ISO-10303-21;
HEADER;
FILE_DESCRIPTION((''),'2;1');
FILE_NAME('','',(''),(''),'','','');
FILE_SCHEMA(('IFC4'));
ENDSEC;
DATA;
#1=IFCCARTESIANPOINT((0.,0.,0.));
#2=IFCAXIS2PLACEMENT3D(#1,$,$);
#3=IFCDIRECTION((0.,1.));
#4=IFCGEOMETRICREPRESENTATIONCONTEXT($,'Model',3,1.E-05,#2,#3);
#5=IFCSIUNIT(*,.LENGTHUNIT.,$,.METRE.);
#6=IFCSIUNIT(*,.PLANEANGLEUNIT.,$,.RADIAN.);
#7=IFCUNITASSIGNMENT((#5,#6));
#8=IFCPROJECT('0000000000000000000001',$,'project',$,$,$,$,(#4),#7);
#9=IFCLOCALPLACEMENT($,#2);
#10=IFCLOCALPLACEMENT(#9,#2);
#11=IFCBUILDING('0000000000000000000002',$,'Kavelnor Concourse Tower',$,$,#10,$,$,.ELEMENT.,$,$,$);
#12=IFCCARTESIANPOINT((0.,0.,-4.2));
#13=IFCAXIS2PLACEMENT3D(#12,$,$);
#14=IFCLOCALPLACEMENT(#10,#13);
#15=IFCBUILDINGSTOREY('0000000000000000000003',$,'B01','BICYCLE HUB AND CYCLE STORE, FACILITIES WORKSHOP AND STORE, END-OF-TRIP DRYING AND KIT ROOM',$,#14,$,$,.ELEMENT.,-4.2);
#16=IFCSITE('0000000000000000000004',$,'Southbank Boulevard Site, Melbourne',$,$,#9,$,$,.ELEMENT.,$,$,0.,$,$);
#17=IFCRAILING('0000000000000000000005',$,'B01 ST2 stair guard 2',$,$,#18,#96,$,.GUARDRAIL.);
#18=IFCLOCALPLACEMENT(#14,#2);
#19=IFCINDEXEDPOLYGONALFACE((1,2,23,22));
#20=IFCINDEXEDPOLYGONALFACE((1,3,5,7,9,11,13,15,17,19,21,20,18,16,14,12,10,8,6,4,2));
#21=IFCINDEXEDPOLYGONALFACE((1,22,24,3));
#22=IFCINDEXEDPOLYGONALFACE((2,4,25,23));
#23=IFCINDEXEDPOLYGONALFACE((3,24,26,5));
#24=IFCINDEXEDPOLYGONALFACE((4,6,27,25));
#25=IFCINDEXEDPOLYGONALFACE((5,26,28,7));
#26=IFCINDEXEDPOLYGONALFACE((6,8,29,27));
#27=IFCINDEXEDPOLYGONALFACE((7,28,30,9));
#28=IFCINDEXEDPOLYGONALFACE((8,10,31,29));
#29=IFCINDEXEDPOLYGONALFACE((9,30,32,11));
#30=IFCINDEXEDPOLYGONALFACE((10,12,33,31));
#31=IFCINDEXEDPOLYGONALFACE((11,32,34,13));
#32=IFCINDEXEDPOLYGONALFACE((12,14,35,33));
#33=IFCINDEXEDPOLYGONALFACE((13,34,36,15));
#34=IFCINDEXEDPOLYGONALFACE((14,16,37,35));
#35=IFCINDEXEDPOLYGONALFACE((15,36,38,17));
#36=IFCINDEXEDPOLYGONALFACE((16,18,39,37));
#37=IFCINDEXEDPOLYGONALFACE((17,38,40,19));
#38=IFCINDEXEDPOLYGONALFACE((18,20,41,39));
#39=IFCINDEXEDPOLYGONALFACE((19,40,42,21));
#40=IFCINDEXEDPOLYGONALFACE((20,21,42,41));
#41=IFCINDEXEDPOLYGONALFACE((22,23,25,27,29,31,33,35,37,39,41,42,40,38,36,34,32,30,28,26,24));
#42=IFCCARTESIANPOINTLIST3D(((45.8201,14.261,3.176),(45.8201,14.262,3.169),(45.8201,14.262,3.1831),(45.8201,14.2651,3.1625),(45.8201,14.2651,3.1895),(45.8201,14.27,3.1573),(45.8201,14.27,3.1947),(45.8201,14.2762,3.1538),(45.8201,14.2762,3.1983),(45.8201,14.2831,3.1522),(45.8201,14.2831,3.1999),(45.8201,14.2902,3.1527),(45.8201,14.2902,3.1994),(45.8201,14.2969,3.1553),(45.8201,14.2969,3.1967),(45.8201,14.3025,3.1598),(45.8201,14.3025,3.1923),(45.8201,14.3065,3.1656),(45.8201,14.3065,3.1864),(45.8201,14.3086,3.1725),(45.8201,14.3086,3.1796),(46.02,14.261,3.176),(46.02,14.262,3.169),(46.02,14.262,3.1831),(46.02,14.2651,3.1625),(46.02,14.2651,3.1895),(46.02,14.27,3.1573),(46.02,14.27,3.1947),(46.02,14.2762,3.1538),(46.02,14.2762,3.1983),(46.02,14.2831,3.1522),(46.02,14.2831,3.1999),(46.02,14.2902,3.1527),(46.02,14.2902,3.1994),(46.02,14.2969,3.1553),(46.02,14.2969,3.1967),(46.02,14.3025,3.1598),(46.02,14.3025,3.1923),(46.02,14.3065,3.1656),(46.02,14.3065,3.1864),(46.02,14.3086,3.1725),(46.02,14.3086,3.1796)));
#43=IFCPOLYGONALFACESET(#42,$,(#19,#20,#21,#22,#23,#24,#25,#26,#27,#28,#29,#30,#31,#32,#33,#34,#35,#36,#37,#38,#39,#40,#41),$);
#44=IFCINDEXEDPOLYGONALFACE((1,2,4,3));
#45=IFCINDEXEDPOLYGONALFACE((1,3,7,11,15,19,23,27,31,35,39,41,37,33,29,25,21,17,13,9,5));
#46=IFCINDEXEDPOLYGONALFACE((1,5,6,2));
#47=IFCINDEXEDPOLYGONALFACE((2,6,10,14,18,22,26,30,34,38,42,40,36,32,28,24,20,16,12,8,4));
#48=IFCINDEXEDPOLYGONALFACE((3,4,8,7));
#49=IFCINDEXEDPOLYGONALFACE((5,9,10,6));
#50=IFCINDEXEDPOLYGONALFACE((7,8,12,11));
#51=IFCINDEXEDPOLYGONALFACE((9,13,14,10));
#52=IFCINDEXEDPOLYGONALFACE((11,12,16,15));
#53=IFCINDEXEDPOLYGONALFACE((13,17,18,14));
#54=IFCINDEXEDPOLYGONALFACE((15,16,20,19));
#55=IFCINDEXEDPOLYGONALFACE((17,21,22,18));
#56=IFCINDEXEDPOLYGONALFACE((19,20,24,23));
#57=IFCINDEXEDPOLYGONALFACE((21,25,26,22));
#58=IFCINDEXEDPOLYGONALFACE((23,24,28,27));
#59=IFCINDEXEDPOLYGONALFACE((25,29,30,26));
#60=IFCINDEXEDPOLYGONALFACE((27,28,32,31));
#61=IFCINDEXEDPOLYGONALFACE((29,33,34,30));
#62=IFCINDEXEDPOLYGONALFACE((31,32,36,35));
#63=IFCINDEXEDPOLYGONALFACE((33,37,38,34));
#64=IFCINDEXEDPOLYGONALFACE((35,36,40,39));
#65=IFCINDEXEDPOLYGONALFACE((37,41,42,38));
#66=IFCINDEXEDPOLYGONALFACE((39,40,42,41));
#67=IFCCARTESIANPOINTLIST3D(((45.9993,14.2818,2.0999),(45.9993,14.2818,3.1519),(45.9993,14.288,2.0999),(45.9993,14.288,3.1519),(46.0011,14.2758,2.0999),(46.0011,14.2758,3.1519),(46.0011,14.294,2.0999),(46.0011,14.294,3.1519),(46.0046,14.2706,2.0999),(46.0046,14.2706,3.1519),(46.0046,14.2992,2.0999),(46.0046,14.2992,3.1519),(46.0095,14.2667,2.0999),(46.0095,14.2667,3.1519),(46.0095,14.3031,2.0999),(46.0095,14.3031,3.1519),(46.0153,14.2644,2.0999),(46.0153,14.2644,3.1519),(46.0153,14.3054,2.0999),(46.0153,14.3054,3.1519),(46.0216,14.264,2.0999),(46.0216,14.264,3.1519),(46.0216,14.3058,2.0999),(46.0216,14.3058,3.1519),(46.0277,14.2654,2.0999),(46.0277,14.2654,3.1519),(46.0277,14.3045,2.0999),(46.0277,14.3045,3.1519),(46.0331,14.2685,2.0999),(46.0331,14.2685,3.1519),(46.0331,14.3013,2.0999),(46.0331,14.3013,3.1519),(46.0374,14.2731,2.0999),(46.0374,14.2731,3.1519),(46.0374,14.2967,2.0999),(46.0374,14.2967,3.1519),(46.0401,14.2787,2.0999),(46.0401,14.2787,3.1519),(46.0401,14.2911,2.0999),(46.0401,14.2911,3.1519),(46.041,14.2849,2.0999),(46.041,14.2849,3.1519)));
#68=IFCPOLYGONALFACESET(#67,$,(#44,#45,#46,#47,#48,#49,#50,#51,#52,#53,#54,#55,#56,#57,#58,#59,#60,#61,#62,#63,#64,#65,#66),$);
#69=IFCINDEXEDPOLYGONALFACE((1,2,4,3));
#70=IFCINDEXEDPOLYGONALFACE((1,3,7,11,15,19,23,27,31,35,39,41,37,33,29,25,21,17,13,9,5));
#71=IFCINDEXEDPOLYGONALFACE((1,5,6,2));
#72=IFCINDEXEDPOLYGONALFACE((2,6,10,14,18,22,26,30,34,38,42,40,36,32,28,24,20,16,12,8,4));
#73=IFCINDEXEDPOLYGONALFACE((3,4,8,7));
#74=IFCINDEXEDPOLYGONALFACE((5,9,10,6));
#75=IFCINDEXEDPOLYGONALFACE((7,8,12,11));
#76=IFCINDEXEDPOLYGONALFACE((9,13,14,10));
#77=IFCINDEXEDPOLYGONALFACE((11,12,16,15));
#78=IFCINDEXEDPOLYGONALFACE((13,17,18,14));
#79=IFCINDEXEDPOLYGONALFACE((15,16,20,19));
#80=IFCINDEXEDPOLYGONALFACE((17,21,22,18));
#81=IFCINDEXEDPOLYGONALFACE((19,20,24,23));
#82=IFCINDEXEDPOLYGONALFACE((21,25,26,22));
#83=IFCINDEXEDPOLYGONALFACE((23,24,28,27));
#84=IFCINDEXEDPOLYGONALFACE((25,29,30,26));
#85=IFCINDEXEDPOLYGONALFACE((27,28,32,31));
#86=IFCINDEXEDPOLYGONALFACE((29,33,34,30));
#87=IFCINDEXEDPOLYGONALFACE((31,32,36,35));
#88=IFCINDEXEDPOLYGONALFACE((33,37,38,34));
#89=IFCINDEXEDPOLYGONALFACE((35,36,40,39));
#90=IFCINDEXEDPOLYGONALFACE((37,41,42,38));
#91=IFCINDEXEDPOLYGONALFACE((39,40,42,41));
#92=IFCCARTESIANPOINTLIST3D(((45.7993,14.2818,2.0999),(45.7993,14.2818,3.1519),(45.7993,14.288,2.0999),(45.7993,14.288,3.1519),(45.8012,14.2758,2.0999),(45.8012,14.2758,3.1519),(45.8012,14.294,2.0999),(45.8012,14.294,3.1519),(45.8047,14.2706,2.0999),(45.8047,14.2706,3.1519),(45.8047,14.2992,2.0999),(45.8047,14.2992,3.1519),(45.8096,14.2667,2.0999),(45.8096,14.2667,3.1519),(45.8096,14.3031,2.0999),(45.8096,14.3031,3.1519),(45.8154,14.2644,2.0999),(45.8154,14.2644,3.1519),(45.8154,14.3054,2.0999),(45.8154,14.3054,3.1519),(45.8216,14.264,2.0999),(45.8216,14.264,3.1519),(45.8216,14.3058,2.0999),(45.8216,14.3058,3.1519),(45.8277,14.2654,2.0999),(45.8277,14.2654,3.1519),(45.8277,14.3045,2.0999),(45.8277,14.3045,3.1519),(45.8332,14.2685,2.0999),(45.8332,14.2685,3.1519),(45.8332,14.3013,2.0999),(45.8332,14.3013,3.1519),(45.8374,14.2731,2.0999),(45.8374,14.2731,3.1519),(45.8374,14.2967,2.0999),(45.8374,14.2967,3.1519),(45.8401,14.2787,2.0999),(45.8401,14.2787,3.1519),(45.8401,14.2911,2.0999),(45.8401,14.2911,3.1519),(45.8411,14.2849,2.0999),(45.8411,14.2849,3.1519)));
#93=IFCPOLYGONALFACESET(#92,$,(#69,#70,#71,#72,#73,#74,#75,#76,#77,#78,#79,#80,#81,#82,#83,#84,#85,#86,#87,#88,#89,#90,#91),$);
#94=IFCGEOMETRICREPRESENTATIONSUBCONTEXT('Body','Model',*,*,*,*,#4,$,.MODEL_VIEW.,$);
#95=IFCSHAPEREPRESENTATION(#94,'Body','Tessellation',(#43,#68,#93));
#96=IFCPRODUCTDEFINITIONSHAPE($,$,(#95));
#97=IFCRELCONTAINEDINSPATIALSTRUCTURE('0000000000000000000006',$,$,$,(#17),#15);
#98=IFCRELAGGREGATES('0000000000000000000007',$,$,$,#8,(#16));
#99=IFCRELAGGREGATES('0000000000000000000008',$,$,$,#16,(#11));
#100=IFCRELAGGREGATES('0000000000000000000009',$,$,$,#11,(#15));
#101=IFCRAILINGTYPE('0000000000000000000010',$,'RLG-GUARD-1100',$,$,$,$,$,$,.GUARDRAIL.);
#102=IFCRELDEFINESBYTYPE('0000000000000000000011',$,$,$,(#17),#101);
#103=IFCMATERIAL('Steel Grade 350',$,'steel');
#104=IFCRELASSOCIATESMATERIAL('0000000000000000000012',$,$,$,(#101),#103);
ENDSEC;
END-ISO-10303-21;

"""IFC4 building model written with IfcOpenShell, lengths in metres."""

from ifc_helpers import new_model, si_unit, direction, frame, origin, origin_2d, place, context, subcontext, project, spatial, circle, extrude, material, type_object, element, save


model = new_model("IFC4")

# Units and contexts
model_context = context("Model", 3, precision=1e-05, world=origin(), true_north=direction((0.0, 1.0)))
body_context = subcontext(model_context, "Body", "Model", "MODEL_VIEW")
ifc_project = project(units=[si_unit("LENGTHUNIT", "METRE"), si_unit("PLANEANGLEUNIT", "RADIAN")], contexts=[model_context])

# Site, building, storey
site_placement = place(None, origin())
site = spatial("IfcSite", under=ifc_project, at=site_placement, Name="Southbank Boulevard Site, Melbourne", CompositionType="ELEMENT", RefElevation=0.0)
building_placement = place(site_placement, origin())
building = spatial("IfcBuilding", under=site, at=building_placement, Name="Kavelnor Concourse Tower", CompositionType="ELEMENT")
storey_placement = place(building_placement, frame((0.0, 0.0, -4.2)))
storey = spatial("IfcBuildingStorey", under=building, at=storey_placement, Name="B01", Description="BICYCLE HUB AND CYCLE STORE, FACILITIES WORKSHOP AND STORE, END-OF-TRIP DRYING AND KIT ROOM", CompositionType="ELEMENT", Elevation=-4.2)

# Shared definitions
ifc_material_1 = material(Name="Steel Grade 350", Category="steel")

# Railing
railing_type_1 = type_object("IfcRailingType", Name="RLG-GUARD-1100", PredefinedType="GUARDRAIL", material=ifc_material_1)
railing_1_placement = place(storey_placement, frame((46.02, 14.2849, 2.0999)))
element("IfcRailing", 1, at=railing_1_placement, inside=storey, type_object=railing_type_1, Name="B01 ST2 stair guard 2", PredefinedType="GUARDRAIL", context=body_context, shape_type="SweptSolid", body=[
    extrude(circle(Radius=0.0239, at=origin_2d()), frame((0.0, 0.0, 1.0762), z_axis=(-1.0, 0.0, 0.0), x_axis=(0.0, -1.0, 0.0)), (0.0, 0.0, 1.0), 0.2),
    extrude(circle(Radius=0.021, at=origin_2d()), origin(), (0.0, 0.0, 1.0), 1.052),
    extrude(circle(Radius=0.021, at=origin_2d()), frame((-0.2, 0.0, 0.0)), (0.0, 0.0, 1.0), 1.052),
])

save(model, "model.ifc")
